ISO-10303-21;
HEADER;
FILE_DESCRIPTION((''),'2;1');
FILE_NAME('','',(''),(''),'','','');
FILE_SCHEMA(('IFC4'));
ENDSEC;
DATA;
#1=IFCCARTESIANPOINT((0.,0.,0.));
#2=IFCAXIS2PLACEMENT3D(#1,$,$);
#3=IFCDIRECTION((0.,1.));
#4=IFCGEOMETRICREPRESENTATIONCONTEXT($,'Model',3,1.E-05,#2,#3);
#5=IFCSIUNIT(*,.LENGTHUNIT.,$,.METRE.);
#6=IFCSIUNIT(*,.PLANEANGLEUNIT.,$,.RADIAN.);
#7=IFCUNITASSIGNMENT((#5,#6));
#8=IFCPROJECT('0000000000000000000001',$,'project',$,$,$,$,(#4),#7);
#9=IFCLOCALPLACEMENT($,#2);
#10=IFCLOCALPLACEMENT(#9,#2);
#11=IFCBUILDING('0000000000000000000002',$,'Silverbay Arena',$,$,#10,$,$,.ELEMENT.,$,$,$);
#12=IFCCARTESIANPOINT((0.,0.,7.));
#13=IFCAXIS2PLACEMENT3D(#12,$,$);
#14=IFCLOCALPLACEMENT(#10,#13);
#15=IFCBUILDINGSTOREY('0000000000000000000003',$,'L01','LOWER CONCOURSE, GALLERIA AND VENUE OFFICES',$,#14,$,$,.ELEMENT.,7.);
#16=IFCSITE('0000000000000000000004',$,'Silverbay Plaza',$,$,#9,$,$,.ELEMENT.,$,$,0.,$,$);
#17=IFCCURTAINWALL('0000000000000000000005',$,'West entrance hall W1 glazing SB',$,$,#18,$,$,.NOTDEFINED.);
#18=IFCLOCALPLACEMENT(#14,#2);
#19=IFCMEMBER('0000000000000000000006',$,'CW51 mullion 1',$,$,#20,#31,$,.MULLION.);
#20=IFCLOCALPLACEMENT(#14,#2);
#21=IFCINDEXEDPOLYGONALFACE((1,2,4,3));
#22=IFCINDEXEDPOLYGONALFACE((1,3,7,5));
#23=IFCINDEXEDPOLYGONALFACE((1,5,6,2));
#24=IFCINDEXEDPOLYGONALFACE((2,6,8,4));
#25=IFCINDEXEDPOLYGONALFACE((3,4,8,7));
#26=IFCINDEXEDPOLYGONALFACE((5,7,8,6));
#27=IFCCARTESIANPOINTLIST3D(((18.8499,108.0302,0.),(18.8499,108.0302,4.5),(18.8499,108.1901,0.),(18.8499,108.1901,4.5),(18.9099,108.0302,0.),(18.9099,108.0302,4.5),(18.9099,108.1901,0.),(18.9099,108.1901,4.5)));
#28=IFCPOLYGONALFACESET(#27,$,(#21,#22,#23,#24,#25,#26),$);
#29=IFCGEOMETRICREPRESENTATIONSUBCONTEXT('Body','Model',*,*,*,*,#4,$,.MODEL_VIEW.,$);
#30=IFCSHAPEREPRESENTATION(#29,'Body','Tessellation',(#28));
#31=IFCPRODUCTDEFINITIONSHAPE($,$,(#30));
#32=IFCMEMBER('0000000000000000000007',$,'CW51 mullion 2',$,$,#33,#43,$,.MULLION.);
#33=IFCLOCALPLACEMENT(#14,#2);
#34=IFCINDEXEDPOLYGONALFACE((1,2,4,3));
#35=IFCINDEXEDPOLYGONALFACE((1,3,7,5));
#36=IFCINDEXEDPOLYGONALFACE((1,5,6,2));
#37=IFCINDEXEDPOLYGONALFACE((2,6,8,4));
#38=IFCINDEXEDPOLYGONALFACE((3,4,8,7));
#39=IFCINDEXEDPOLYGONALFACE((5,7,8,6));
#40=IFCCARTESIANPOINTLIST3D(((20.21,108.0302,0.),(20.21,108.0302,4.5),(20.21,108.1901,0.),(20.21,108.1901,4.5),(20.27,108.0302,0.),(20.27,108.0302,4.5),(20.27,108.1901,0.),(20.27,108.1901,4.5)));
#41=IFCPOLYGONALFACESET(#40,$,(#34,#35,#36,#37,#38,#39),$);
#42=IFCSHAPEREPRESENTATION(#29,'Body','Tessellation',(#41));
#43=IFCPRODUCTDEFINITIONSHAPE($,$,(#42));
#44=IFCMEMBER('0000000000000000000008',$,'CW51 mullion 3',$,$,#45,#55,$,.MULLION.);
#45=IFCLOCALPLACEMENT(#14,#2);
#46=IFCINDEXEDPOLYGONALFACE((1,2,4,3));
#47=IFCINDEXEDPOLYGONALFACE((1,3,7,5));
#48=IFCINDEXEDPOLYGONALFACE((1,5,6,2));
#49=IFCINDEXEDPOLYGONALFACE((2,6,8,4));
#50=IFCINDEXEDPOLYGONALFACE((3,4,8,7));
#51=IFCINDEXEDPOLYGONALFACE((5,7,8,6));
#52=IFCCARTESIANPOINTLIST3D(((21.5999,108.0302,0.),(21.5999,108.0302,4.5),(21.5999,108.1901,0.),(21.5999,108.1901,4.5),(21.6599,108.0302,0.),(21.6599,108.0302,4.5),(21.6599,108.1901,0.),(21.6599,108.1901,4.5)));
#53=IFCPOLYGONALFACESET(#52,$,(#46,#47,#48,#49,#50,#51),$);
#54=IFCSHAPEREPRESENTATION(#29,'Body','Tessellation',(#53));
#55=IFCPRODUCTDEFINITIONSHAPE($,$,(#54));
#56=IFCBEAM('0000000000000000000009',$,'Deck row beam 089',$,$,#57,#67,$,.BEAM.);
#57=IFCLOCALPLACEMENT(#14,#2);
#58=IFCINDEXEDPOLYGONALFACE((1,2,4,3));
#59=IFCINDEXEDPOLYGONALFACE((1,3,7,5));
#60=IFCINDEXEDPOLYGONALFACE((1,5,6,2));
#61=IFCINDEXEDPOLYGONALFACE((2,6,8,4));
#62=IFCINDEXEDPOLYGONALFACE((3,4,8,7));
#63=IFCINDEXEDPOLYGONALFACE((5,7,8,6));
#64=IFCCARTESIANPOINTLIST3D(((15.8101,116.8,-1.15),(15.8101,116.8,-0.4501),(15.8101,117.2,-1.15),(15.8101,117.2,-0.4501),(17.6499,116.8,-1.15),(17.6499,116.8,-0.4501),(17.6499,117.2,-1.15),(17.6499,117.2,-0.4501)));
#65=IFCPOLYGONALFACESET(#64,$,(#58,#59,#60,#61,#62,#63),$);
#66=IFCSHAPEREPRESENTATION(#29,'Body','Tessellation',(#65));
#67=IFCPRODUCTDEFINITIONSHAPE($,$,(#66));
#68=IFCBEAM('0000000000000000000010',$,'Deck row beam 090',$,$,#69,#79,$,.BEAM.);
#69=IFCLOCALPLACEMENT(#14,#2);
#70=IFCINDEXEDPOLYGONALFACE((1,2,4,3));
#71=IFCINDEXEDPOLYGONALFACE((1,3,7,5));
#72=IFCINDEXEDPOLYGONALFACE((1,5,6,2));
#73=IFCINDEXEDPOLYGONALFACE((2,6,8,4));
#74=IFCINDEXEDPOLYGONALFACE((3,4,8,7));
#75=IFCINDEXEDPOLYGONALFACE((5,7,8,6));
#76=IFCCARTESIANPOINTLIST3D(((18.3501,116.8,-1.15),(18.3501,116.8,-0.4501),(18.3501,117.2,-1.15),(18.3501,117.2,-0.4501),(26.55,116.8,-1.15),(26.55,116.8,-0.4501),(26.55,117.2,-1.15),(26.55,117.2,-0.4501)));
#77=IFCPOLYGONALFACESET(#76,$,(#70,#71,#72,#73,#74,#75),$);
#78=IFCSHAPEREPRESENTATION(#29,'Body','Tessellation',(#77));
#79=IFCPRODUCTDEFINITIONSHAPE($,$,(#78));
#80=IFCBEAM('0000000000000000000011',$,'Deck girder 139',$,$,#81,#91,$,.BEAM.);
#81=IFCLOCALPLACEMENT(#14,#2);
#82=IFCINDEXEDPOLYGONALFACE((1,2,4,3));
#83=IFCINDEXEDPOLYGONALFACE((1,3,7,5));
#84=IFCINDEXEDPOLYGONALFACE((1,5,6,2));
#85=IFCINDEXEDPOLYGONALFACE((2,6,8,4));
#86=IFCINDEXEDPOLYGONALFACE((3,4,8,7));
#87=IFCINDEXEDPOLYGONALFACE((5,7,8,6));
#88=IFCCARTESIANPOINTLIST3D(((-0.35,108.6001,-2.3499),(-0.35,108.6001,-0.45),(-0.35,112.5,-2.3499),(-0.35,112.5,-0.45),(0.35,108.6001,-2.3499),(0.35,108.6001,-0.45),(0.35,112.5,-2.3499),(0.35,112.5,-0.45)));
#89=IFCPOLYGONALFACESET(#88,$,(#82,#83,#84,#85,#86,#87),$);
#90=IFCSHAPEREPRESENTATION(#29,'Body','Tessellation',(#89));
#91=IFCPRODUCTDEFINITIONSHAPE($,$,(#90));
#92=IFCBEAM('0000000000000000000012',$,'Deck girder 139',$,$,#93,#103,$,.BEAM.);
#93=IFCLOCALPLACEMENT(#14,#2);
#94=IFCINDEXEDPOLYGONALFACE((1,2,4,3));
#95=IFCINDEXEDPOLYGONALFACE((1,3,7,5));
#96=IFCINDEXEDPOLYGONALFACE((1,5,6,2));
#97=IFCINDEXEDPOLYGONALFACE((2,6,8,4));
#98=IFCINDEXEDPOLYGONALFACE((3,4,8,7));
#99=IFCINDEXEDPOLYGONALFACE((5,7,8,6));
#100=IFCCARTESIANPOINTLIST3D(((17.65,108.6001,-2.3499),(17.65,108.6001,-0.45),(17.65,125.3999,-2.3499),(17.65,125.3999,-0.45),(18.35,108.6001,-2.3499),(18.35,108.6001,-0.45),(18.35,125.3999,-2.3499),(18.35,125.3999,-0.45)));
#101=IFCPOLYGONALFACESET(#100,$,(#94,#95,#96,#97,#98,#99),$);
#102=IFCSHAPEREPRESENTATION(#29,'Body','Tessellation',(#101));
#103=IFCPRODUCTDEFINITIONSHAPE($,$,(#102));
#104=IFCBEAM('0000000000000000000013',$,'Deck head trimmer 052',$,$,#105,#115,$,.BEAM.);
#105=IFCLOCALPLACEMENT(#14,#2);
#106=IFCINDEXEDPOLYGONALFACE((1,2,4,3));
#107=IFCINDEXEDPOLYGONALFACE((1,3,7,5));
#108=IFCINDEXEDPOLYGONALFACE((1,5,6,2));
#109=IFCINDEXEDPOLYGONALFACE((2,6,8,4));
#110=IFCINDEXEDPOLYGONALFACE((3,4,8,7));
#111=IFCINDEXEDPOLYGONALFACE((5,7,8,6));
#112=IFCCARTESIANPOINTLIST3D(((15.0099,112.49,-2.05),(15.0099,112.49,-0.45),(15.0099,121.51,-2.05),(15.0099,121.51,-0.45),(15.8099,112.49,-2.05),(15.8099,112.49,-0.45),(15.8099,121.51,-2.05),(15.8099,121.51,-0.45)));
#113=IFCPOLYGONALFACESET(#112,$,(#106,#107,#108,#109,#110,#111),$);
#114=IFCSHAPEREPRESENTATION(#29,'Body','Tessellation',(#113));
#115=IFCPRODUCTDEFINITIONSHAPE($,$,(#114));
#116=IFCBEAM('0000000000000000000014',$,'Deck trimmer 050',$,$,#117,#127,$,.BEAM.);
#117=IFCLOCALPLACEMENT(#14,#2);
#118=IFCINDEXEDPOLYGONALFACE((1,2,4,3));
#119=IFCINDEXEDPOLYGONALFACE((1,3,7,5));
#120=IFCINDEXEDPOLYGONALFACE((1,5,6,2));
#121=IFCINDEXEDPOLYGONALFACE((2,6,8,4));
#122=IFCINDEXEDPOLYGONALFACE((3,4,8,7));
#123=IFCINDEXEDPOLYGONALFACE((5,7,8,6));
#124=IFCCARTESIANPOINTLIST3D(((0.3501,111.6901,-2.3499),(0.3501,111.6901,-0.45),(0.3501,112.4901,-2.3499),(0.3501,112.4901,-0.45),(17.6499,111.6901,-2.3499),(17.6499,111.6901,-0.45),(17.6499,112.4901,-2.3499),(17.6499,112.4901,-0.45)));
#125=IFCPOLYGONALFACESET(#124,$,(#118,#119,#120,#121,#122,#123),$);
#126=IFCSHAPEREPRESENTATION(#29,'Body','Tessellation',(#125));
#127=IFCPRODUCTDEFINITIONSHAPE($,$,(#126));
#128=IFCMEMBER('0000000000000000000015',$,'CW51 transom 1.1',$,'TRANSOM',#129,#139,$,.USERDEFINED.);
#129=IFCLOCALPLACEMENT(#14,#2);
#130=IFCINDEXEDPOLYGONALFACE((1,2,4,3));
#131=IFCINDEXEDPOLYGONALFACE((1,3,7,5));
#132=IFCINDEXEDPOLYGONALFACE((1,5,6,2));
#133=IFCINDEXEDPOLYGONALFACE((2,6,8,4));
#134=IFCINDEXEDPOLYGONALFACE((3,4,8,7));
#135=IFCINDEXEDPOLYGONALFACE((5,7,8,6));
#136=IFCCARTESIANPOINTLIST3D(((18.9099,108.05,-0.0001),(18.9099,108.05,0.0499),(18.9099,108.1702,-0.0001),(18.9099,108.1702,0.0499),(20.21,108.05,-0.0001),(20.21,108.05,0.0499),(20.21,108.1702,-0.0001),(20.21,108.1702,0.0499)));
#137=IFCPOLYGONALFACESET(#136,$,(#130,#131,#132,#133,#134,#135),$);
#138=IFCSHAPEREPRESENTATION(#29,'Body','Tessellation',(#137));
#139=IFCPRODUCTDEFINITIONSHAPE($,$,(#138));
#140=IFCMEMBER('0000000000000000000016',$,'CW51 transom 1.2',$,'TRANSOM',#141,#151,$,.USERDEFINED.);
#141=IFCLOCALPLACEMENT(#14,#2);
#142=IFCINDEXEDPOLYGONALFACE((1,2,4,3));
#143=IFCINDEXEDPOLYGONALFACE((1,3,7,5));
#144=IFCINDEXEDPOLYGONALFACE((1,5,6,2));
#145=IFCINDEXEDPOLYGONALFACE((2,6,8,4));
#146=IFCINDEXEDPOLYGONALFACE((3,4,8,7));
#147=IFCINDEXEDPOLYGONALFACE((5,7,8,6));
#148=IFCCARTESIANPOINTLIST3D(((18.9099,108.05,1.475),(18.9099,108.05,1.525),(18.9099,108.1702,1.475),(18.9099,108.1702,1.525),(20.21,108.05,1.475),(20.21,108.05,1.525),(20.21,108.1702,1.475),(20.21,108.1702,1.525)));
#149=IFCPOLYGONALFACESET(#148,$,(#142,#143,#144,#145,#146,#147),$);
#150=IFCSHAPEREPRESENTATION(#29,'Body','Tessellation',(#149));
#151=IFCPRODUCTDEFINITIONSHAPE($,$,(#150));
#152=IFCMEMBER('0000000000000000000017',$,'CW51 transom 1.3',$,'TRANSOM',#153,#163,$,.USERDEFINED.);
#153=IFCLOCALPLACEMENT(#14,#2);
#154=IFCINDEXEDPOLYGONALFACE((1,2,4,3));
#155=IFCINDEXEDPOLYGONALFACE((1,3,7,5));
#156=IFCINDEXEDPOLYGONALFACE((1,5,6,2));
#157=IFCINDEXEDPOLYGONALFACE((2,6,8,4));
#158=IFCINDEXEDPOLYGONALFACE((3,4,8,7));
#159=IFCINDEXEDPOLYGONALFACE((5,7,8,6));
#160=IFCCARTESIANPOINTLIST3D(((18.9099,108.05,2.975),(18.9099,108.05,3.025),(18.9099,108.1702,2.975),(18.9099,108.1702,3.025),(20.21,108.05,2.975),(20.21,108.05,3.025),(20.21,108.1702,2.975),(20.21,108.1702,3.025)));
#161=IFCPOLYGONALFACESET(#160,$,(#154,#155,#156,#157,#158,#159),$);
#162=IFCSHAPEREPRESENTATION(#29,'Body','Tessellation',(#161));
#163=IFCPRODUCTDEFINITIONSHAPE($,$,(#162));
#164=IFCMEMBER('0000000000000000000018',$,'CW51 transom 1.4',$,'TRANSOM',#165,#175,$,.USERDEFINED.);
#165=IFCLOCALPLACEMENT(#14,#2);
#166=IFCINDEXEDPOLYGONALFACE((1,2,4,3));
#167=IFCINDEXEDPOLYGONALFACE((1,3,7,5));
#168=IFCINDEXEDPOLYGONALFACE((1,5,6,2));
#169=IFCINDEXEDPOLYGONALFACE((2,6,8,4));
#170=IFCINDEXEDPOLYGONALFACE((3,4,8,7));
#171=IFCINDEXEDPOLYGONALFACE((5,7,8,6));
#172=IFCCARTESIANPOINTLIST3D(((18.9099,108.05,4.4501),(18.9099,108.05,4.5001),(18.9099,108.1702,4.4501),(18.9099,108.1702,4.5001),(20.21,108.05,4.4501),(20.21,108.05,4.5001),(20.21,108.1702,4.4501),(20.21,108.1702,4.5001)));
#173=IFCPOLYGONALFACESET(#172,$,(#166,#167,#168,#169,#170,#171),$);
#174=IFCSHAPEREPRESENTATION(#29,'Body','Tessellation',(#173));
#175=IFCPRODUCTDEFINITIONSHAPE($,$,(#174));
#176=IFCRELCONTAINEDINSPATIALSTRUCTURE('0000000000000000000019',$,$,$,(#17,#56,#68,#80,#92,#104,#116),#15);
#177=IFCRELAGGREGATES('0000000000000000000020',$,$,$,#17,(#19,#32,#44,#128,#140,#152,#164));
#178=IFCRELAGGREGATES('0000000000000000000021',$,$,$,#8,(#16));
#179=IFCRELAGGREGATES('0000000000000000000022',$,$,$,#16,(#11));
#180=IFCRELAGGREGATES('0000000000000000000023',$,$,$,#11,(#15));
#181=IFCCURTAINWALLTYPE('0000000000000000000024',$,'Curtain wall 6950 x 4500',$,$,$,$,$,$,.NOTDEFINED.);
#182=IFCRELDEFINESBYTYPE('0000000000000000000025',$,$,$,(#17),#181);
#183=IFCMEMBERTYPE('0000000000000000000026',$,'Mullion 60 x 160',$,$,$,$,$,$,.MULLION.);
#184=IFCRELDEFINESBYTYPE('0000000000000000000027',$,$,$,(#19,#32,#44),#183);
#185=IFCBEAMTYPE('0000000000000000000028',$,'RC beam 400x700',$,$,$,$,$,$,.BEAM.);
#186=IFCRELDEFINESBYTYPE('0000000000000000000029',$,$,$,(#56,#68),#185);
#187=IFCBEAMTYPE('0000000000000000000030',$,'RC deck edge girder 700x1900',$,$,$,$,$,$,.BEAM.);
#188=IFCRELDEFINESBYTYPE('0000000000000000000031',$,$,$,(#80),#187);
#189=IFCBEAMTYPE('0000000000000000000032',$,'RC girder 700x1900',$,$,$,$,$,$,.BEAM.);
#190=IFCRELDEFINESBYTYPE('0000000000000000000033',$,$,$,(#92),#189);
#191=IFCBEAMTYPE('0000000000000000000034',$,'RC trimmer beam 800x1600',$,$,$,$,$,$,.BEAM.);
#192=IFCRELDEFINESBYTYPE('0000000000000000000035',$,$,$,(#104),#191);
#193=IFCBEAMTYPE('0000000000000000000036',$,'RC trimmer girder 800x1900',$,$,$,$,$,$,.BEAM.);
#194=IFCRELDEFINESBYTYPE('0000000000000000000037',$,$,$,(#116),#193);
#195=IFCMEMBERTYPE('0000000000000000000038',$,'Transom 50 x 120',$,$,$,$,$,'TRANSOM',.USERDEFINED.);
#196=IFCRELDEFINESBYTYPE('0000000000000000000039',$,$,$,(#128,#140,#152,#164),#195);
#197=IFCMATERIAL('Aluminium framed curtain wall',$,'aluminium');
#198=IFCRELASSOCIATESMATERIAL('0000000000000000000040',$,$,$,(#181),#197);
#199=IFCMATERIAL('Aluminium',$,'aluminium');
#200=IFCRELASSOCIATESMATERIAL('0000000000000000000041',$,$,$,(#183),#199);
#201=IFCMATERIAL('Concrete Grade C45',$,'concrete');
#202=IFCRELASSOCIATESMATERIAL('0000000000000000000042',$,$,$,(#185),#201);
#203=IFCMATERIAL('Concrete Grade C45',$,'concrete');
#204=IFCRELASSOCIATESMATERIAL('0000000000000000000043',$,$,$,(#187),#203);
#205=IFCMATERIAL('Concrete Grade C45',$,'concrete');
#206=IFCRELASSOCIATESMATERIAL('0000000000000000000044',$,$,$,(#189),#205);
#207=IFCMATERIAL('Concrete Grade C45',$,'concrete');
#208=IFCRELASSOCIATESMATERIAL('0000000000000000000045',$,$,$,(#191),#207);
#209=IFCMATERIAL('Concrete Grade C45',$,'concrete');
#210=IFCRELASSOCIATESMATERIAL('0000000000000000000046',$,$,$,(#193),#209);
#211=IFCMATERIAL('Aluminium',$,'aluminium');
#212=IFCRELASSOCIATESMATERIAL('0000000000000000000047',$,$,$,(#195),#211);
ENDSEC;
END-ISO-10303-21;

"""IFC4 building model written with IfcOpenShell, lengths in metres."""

from ifc_helpers import new_model, si_unit, direction, frame, origin, origin_2d, place, context, subcontext, project, spatial, rectangle, extrude, material, material_profile, profile_set, type_object, element, aggregate, save


model = new_model("IFC4")

# Units and contexts
model_context = context("Model", 3, precision=1e-05, world=origin(), true_north=direction((0.0, 1.0)))
body_context = subcontext(model_context, "Body", "Model", "MODEL_VIEW")
ifc_project = project(units=[si_unit("LENGTHUNIT", "METRE"), si_unit("PLANEANGLEUNIT", "RADIAN")], contexts=[model_context])

# Site, building, storey
site_placement = place(None, origin())
site = spatial("IfcSite", under=ifc_project, at=site_placement, Name="Silverbay Plaza", CompositionType="ELEMENT", RefElevation=0.0)
building_placement = place(site_placement, origin())
building = spatial("IfcBuilding", under=site, at=building_placement, Name="Silverbay Arena", CompositionType="ELEMENT")
storey_placement = place(building_placement, frame((0.0, 0.0, 7.0)))
storey = spatial("IfcBuildingStorey", under=building, at=storey_placement, Name="L01", Description="LOWER CONCOURSE, GALLERIA AND VENUE OFFICES", CompositionType="ELEMENT", Elevation=7.0)

# Curtain wall, members
ifc_material_1 = material(Name="Aluminium framed curtain wall", Category="aluminium")
curtain_wall_type = type_object("IfcCurtainWallType", Name="Curtain wall 6950 x 4500", PredefinedType="NOTDEFINED", material=ifc_material_1)
curtain_wall_placement = place(storey_placement, origin())
curtain_wall = element("IfcCurtainWall", 1, at=curtain_wall_placement, inside=storey, type_object=curtain_wall_type, Name="West entrance hall W1 glazing SB", PredefinedType="NOTDEFINED")
ifc_material_2 = material(Name="Aluminium", Category="aluminium")
ifc_material_profile_1 = material_profile(ifc_material_2, rectangle(XDim=0.1599, YDim=0.0601, at=origin_2d()), Name="Mullion 60 x 160")
ifc_profile_set_1 = profile_set([ifc_material_profile_1], Name="Aluminium")
member_type_1 = type_object("IfcMemberType", Name="Mullion 60 x 160", PredefinedType="MULLION", material=ifc_profile_set_1)
member_1_placement = place(storey_placement, frame((18.8799, 108.1101, 0.0), z_axis=(0.0, 0.0, 1.0), x_axis=(0.0, 1.0, 0.0)))
member_1 = element("IfcMember", 2, at=member_1_placement, type_object=member_type_1, Name="CW51 mullion 1", PredefinedType="MULLION", context=body_context, shape_type="SweptSolid", body=[
    extrude(rectangle(XDim=0.1599, YDim=0.0601, at=origin_2d()), origin(), (0.0, 0.0, 1.0), 4.5),
])
member_2_placement = place(storey_placement, frame((20.24, 108.1101, 0.0), z_axis=(0.0, 0.0, 1.0), x_axis=(0.0, 1.0, 0.0)))
member_2 = element("IfcMember", 3, at=member_2_placement, type_object=member_type_1, Name="CW51 mullion 2", PredefinedType="MULLION", context=body_context, shape_type="SweptSolid", body=[
    extrude(rectangle(XDim=0.1599, YDim=0.0601, at=origin_2d()), origin(), (0.0, 0.0, 1.0), 4.5),
])
member_3_placement = place(storey_placement, frame((21.6299, 108.1101, 0.0), z_axis=(0.0, 0.0, 1.0), x_axis=(0.0, 1.0, 0.0)))
member_3 = element("IfcMember", 4, at=member_3_placement, type_object=member_type_1, Name="CW51 mullion 3", PredefinedType="MULLION", context=body_context, shape_type="SweptSolid", body=[
    extrude(rectangle(XDim=0.1599, YDim=0.0601, at=origin_2d()), origin(), (0.0, 0.0, 1.0), 4.5),
])

# Beams
ifc_material_3 = material(Name="Concrete Grade C45", Category="concrete")
ifc_material_profile_2 = material_profile(ifc_material_3, rectangle(XDim=0.3999, YDim=0.7, at=origin_2d()), Name="RC 400x700")
ifc_profile_set_2 = profile_set([ifc_material_profile_2], Name="Concrete Grade C45")
beam_type_1 = type_object("IfcBeamType", Name="RC beam 400x700", PredefinedType="BEAM", material=ifc_profile_set_2)
beam_1_placement = place(storey_placement, frame((15.8101, 117.0, -0.8), z_axis=(1.0, 0.0, 0.0), x_axis=(0.0, 1.0, 0.0)))
element("IfcBeam", 5, at=beam_1_placement, inside=storey, type_object=beam_type_1, Name="Deck row beam 089", PredefinedType="BEAM", context=body_context, shape_type="SweptSolid", body=[
    extrude(rectangle(XDim=0.3999, YDim=0.7, at=origin_2d()), origin(), (0.0, 0.0, 1.0), 1.8398),
])
beam_2_placement = place(storey_placement, frame((18.3501, 117.0, -0.8), z_axis=(1.0, 0.0, 0.0), x_axis=(0.0, 1.0, 0.0)))
element("IfcBeam", 6, at=beam_2_placement, inside=storey, type_object=beam_type_1, Name="Deck row beam 090", PredefinedType="BEAM", context=body_context, shape_type="SweptSolid", body=[
    extrude(rectangle(XDim=0.3999, YDim=0.7, at=origin_2d()), origin(), (0.0, 0.0, 1.0), 8.2),
])
ifc_material_4 = material(Name="Concrete Grade C45", Category="concrete")
ifc_material_profile_3 = material_profile(ifc_material_4, rectangle(XDim=0.7, YDim=1.8999, at=origin_2d()), Name="RC 700x1900")
ifc_profile_set_3 = profile_set([ifc_material_profile_3], Name="Concrete Grade C45")
beam_type_2 = type_object("IfcBeamType", Name="RC deck edge girder 700x1900", PredefinedType="BEAM", material=ifc_profile_set_3)
beam_3_placement = place(storey_placement, frame((0.0, 108.6001, -1.3999), z_axis=(0.0, 1.0, 0.0), x_axis=(-1.0, 0.0, 0.0)))
element("IfcBeam", 7, at=beam_3_placement, inside=storey, type_object=beam_type_2, Name="Deck girder 139", PredefinedType="BEAM", context=body_context, shape_type="SweptSolid", body=[
    extrude(rectangle(XDim=0.7, YDim=1.8999, at=origin_2d()), origin(), (0.0, 0.0, 1.0), 3.8999),
])
ifc_material_5 = material(Name="Concrete Grade C45", Category="concrete")
ifc_material_profile_4 = material_profile(ifc_material_5, rectangle(XDim=0.7, YDim=1.8999, at=origin_2d()), Name="RC 700x1900")
ifc_profile_set_4 = profile_set([ifc_material_profile_4], Name="Concrete Grade C45")
beam_type_3 = type_object("IfcBeamType", Name="RC girder 700x1900", PredefinedType="BEAM", material=ifc_profile_set_4)
beam_4_placement = place(storey_placement, frame((18.0, 108.6001, -1.3999), z_axis=(0.0, 1.0, 0.0), x_axis=(-1.0, 0.0, 0.0)))
element("IfcBeam", 8, at=beam_4_placement, inside=storey, type_object=beam_type_3, Name="Deck girder 139", PredefinedType="BEAM", context=body_context, shape_type="SweptSolid", body=[
    extrude(rectangle(XDim=0.7, YDim=1.8999, at=origin_2d()), origin(), (0.0, 0.0, 1.0), 16.7998),
])
ifc_material_6 = material(Name="Concrete Grade C45", Category="concrete")
ifc_material_profile_5 = material_profile(ifc_material_6, rectangle(XDim=0.8, YDim=1.6001, at=origin_2d()), Name="RC 800x1600")
ifc_profile_set_5 = profile_set([ifc_material_profile_5], Name="Concrete Grade C45")
beam_type_4 = type_object("IfcBeamType", Name="RC trimmer beam 800x1600", PredefinedType="BEAM", material=ifc_profile_set_5)
beam_5_placement = place(storey_placement, frame((15.4099, 112.49, -1.25), z_axis=(0.0, 1.0, 0.0), x_axis=(-1.0, 0.0, 0.0)))
element("IfcBeam", 9, at=beam_5_placement, inside=storey, type_object=beam_type_4, Name="Deck head trimmer 052", PredefinedType="BEAM", context=body_context, shape_type="SweptSolid", body=[
    extrude(rectangle(XDim=0.8, YDim=1.6001, at=origin_2d()), origin(), (0.0, 0.0, 1.0), 9.02),
])
ifc_material_7 = material(Name="Concrete Grade C45", Category="concrete")
ifc_material_profile_6 = material_profile(ifc_material_7, rectangle(XDim=0.8, YDim=1.8999, at=origin_2d()), Name="RC 800x1900")
ifc_profile_set_6 = profile_set([ifc_material_profile_6], Name="Concrete Grade C45")
beam_type_5 = type_object("IfcBeamType", Name="RC trimmer girder 800x1900", PredefinedType="BEAM", material=ifc_profile_set_6)
beam_6_placement = place(storey_placement, frame((0.3501, 112.0901, -1.3999), z_axis=(1.0, 0.0, 0.0), x_axis=(0.0, 1.0, 0.0)))
element("IfcBeam", 10, at=beam_6_placement, inside=storey, type_object=beam_type_5, Name="Deck trimmer 050", PredefinedType="BEAM", context=body_context, shape_type="SweptSolid", body=[
    extrude(rectangle(XDim=0.8, YDim=1.8999, at=origin_2d()), origin(), (0.0, 0.0, 1.0), 17.2998),
])

# Members
ifc_material_8 = material(Name="Aluminium", Category="aluminium")
ifc_material_profile_7 = material_profile(ifc_material_8, rectangle(XDim=0.1201, YDim=0.05, at=origin_2d()), Name="Transom 50 x 120")
ifc_profile_set_7 = profile_set([ifc_material_profile_7], Name="Aluminium")
member_type_2 = type_object("IfcMemberType", Name="Transom 50 x 120", ElementType="TRANSOM", PredefinedType="USERDEFINED", material=ifc_profile_set_7)
member_4_placement = place(storey_placement, frame((18.9099, 108.1101, 0.0249), z_axis=(1.0, 0.0, 0.0), x_axis=(0.0, 1.0, 0.0)))
member_4 = element("IfcMember", 11, at=member_4_placement, type_object=member_type_2, Name="CW51 transom 1.1", ObjectType="TRANSOM", PredefinedType="USERDEFINED", context=body_context, shape_type="SweptSolid", body=[
    extrude(rectangle(XDim=0.1201, YDim=0.05, at=origin_2d()), origin(), (0.0, 0.0, 1.0), 1.3),
])
member_5_placement = place(storey_placement, frame((18.9099, 108.1101, 1.5), z_axis=(1.0, 0.0, 0.0), x_axis=(0.0, 1.0, 0.0)))
member_5 = element("IfcMember", 12, at=member_5_placement, type_object=member_type_2, Name="CW51 transom 1.2", ObjectType="TRANSOM", PredefinedType="USERDEFINED", context=body_context, shape_type="SweptSolid", body=[
    extrude(rectangle(XDim=0.1201, YDim=0.05, at=origin_2d()), origin(), (0.0, 0.0, 1.0), 1.3),
])
member_6_placement = place(storey_placement, frame((18.9099, 108.1101, 3.0), z_axis=(1.0, 0.0, 0.0), x_axis=(0.0, 1.0, 0.0)))
member_6 = element("IfcMember", 13, at=member_6_placement, type_object=member_type_2, Name="CW51 transom 1.3", ObjectType="TRANSOM", PredefinedType="USERDEFINED", context=body_context, shape_type="SweptSolid", body=[
    extrude(rectangle(XDim=0.1201, YDim=0.05, at=origin_2d()), origin(), (0.0, 0.0, 1.0), 1.3),
])
member_7_placement = place(storey_placement, frame((18.9099, 108.1101, 4.4751), z_axis=(1.0, 0.0, 0.0), x_axis=(0.0, 1.0, 0.0)))
member_7 = element("IfcMember", 14, at=member_7_placement, type_object=member_type_2, Name="CW51 transom 1.4", ObjectType="TRANSOM", PredefinedType="USERDEFINED", context=body_context, shape_type="SweptSolid", body=[
    extrude(rectangle(XDim=0.1201, YDim=0.05, at=origin_2d()), origin(), (0.0, 0.0, 1.0), 1.3),
])

aggregate(curtain_wall, [member_1, member_2, member_3, member_4, member_5, member_6, member_7])

save(model, "model.ifc")
